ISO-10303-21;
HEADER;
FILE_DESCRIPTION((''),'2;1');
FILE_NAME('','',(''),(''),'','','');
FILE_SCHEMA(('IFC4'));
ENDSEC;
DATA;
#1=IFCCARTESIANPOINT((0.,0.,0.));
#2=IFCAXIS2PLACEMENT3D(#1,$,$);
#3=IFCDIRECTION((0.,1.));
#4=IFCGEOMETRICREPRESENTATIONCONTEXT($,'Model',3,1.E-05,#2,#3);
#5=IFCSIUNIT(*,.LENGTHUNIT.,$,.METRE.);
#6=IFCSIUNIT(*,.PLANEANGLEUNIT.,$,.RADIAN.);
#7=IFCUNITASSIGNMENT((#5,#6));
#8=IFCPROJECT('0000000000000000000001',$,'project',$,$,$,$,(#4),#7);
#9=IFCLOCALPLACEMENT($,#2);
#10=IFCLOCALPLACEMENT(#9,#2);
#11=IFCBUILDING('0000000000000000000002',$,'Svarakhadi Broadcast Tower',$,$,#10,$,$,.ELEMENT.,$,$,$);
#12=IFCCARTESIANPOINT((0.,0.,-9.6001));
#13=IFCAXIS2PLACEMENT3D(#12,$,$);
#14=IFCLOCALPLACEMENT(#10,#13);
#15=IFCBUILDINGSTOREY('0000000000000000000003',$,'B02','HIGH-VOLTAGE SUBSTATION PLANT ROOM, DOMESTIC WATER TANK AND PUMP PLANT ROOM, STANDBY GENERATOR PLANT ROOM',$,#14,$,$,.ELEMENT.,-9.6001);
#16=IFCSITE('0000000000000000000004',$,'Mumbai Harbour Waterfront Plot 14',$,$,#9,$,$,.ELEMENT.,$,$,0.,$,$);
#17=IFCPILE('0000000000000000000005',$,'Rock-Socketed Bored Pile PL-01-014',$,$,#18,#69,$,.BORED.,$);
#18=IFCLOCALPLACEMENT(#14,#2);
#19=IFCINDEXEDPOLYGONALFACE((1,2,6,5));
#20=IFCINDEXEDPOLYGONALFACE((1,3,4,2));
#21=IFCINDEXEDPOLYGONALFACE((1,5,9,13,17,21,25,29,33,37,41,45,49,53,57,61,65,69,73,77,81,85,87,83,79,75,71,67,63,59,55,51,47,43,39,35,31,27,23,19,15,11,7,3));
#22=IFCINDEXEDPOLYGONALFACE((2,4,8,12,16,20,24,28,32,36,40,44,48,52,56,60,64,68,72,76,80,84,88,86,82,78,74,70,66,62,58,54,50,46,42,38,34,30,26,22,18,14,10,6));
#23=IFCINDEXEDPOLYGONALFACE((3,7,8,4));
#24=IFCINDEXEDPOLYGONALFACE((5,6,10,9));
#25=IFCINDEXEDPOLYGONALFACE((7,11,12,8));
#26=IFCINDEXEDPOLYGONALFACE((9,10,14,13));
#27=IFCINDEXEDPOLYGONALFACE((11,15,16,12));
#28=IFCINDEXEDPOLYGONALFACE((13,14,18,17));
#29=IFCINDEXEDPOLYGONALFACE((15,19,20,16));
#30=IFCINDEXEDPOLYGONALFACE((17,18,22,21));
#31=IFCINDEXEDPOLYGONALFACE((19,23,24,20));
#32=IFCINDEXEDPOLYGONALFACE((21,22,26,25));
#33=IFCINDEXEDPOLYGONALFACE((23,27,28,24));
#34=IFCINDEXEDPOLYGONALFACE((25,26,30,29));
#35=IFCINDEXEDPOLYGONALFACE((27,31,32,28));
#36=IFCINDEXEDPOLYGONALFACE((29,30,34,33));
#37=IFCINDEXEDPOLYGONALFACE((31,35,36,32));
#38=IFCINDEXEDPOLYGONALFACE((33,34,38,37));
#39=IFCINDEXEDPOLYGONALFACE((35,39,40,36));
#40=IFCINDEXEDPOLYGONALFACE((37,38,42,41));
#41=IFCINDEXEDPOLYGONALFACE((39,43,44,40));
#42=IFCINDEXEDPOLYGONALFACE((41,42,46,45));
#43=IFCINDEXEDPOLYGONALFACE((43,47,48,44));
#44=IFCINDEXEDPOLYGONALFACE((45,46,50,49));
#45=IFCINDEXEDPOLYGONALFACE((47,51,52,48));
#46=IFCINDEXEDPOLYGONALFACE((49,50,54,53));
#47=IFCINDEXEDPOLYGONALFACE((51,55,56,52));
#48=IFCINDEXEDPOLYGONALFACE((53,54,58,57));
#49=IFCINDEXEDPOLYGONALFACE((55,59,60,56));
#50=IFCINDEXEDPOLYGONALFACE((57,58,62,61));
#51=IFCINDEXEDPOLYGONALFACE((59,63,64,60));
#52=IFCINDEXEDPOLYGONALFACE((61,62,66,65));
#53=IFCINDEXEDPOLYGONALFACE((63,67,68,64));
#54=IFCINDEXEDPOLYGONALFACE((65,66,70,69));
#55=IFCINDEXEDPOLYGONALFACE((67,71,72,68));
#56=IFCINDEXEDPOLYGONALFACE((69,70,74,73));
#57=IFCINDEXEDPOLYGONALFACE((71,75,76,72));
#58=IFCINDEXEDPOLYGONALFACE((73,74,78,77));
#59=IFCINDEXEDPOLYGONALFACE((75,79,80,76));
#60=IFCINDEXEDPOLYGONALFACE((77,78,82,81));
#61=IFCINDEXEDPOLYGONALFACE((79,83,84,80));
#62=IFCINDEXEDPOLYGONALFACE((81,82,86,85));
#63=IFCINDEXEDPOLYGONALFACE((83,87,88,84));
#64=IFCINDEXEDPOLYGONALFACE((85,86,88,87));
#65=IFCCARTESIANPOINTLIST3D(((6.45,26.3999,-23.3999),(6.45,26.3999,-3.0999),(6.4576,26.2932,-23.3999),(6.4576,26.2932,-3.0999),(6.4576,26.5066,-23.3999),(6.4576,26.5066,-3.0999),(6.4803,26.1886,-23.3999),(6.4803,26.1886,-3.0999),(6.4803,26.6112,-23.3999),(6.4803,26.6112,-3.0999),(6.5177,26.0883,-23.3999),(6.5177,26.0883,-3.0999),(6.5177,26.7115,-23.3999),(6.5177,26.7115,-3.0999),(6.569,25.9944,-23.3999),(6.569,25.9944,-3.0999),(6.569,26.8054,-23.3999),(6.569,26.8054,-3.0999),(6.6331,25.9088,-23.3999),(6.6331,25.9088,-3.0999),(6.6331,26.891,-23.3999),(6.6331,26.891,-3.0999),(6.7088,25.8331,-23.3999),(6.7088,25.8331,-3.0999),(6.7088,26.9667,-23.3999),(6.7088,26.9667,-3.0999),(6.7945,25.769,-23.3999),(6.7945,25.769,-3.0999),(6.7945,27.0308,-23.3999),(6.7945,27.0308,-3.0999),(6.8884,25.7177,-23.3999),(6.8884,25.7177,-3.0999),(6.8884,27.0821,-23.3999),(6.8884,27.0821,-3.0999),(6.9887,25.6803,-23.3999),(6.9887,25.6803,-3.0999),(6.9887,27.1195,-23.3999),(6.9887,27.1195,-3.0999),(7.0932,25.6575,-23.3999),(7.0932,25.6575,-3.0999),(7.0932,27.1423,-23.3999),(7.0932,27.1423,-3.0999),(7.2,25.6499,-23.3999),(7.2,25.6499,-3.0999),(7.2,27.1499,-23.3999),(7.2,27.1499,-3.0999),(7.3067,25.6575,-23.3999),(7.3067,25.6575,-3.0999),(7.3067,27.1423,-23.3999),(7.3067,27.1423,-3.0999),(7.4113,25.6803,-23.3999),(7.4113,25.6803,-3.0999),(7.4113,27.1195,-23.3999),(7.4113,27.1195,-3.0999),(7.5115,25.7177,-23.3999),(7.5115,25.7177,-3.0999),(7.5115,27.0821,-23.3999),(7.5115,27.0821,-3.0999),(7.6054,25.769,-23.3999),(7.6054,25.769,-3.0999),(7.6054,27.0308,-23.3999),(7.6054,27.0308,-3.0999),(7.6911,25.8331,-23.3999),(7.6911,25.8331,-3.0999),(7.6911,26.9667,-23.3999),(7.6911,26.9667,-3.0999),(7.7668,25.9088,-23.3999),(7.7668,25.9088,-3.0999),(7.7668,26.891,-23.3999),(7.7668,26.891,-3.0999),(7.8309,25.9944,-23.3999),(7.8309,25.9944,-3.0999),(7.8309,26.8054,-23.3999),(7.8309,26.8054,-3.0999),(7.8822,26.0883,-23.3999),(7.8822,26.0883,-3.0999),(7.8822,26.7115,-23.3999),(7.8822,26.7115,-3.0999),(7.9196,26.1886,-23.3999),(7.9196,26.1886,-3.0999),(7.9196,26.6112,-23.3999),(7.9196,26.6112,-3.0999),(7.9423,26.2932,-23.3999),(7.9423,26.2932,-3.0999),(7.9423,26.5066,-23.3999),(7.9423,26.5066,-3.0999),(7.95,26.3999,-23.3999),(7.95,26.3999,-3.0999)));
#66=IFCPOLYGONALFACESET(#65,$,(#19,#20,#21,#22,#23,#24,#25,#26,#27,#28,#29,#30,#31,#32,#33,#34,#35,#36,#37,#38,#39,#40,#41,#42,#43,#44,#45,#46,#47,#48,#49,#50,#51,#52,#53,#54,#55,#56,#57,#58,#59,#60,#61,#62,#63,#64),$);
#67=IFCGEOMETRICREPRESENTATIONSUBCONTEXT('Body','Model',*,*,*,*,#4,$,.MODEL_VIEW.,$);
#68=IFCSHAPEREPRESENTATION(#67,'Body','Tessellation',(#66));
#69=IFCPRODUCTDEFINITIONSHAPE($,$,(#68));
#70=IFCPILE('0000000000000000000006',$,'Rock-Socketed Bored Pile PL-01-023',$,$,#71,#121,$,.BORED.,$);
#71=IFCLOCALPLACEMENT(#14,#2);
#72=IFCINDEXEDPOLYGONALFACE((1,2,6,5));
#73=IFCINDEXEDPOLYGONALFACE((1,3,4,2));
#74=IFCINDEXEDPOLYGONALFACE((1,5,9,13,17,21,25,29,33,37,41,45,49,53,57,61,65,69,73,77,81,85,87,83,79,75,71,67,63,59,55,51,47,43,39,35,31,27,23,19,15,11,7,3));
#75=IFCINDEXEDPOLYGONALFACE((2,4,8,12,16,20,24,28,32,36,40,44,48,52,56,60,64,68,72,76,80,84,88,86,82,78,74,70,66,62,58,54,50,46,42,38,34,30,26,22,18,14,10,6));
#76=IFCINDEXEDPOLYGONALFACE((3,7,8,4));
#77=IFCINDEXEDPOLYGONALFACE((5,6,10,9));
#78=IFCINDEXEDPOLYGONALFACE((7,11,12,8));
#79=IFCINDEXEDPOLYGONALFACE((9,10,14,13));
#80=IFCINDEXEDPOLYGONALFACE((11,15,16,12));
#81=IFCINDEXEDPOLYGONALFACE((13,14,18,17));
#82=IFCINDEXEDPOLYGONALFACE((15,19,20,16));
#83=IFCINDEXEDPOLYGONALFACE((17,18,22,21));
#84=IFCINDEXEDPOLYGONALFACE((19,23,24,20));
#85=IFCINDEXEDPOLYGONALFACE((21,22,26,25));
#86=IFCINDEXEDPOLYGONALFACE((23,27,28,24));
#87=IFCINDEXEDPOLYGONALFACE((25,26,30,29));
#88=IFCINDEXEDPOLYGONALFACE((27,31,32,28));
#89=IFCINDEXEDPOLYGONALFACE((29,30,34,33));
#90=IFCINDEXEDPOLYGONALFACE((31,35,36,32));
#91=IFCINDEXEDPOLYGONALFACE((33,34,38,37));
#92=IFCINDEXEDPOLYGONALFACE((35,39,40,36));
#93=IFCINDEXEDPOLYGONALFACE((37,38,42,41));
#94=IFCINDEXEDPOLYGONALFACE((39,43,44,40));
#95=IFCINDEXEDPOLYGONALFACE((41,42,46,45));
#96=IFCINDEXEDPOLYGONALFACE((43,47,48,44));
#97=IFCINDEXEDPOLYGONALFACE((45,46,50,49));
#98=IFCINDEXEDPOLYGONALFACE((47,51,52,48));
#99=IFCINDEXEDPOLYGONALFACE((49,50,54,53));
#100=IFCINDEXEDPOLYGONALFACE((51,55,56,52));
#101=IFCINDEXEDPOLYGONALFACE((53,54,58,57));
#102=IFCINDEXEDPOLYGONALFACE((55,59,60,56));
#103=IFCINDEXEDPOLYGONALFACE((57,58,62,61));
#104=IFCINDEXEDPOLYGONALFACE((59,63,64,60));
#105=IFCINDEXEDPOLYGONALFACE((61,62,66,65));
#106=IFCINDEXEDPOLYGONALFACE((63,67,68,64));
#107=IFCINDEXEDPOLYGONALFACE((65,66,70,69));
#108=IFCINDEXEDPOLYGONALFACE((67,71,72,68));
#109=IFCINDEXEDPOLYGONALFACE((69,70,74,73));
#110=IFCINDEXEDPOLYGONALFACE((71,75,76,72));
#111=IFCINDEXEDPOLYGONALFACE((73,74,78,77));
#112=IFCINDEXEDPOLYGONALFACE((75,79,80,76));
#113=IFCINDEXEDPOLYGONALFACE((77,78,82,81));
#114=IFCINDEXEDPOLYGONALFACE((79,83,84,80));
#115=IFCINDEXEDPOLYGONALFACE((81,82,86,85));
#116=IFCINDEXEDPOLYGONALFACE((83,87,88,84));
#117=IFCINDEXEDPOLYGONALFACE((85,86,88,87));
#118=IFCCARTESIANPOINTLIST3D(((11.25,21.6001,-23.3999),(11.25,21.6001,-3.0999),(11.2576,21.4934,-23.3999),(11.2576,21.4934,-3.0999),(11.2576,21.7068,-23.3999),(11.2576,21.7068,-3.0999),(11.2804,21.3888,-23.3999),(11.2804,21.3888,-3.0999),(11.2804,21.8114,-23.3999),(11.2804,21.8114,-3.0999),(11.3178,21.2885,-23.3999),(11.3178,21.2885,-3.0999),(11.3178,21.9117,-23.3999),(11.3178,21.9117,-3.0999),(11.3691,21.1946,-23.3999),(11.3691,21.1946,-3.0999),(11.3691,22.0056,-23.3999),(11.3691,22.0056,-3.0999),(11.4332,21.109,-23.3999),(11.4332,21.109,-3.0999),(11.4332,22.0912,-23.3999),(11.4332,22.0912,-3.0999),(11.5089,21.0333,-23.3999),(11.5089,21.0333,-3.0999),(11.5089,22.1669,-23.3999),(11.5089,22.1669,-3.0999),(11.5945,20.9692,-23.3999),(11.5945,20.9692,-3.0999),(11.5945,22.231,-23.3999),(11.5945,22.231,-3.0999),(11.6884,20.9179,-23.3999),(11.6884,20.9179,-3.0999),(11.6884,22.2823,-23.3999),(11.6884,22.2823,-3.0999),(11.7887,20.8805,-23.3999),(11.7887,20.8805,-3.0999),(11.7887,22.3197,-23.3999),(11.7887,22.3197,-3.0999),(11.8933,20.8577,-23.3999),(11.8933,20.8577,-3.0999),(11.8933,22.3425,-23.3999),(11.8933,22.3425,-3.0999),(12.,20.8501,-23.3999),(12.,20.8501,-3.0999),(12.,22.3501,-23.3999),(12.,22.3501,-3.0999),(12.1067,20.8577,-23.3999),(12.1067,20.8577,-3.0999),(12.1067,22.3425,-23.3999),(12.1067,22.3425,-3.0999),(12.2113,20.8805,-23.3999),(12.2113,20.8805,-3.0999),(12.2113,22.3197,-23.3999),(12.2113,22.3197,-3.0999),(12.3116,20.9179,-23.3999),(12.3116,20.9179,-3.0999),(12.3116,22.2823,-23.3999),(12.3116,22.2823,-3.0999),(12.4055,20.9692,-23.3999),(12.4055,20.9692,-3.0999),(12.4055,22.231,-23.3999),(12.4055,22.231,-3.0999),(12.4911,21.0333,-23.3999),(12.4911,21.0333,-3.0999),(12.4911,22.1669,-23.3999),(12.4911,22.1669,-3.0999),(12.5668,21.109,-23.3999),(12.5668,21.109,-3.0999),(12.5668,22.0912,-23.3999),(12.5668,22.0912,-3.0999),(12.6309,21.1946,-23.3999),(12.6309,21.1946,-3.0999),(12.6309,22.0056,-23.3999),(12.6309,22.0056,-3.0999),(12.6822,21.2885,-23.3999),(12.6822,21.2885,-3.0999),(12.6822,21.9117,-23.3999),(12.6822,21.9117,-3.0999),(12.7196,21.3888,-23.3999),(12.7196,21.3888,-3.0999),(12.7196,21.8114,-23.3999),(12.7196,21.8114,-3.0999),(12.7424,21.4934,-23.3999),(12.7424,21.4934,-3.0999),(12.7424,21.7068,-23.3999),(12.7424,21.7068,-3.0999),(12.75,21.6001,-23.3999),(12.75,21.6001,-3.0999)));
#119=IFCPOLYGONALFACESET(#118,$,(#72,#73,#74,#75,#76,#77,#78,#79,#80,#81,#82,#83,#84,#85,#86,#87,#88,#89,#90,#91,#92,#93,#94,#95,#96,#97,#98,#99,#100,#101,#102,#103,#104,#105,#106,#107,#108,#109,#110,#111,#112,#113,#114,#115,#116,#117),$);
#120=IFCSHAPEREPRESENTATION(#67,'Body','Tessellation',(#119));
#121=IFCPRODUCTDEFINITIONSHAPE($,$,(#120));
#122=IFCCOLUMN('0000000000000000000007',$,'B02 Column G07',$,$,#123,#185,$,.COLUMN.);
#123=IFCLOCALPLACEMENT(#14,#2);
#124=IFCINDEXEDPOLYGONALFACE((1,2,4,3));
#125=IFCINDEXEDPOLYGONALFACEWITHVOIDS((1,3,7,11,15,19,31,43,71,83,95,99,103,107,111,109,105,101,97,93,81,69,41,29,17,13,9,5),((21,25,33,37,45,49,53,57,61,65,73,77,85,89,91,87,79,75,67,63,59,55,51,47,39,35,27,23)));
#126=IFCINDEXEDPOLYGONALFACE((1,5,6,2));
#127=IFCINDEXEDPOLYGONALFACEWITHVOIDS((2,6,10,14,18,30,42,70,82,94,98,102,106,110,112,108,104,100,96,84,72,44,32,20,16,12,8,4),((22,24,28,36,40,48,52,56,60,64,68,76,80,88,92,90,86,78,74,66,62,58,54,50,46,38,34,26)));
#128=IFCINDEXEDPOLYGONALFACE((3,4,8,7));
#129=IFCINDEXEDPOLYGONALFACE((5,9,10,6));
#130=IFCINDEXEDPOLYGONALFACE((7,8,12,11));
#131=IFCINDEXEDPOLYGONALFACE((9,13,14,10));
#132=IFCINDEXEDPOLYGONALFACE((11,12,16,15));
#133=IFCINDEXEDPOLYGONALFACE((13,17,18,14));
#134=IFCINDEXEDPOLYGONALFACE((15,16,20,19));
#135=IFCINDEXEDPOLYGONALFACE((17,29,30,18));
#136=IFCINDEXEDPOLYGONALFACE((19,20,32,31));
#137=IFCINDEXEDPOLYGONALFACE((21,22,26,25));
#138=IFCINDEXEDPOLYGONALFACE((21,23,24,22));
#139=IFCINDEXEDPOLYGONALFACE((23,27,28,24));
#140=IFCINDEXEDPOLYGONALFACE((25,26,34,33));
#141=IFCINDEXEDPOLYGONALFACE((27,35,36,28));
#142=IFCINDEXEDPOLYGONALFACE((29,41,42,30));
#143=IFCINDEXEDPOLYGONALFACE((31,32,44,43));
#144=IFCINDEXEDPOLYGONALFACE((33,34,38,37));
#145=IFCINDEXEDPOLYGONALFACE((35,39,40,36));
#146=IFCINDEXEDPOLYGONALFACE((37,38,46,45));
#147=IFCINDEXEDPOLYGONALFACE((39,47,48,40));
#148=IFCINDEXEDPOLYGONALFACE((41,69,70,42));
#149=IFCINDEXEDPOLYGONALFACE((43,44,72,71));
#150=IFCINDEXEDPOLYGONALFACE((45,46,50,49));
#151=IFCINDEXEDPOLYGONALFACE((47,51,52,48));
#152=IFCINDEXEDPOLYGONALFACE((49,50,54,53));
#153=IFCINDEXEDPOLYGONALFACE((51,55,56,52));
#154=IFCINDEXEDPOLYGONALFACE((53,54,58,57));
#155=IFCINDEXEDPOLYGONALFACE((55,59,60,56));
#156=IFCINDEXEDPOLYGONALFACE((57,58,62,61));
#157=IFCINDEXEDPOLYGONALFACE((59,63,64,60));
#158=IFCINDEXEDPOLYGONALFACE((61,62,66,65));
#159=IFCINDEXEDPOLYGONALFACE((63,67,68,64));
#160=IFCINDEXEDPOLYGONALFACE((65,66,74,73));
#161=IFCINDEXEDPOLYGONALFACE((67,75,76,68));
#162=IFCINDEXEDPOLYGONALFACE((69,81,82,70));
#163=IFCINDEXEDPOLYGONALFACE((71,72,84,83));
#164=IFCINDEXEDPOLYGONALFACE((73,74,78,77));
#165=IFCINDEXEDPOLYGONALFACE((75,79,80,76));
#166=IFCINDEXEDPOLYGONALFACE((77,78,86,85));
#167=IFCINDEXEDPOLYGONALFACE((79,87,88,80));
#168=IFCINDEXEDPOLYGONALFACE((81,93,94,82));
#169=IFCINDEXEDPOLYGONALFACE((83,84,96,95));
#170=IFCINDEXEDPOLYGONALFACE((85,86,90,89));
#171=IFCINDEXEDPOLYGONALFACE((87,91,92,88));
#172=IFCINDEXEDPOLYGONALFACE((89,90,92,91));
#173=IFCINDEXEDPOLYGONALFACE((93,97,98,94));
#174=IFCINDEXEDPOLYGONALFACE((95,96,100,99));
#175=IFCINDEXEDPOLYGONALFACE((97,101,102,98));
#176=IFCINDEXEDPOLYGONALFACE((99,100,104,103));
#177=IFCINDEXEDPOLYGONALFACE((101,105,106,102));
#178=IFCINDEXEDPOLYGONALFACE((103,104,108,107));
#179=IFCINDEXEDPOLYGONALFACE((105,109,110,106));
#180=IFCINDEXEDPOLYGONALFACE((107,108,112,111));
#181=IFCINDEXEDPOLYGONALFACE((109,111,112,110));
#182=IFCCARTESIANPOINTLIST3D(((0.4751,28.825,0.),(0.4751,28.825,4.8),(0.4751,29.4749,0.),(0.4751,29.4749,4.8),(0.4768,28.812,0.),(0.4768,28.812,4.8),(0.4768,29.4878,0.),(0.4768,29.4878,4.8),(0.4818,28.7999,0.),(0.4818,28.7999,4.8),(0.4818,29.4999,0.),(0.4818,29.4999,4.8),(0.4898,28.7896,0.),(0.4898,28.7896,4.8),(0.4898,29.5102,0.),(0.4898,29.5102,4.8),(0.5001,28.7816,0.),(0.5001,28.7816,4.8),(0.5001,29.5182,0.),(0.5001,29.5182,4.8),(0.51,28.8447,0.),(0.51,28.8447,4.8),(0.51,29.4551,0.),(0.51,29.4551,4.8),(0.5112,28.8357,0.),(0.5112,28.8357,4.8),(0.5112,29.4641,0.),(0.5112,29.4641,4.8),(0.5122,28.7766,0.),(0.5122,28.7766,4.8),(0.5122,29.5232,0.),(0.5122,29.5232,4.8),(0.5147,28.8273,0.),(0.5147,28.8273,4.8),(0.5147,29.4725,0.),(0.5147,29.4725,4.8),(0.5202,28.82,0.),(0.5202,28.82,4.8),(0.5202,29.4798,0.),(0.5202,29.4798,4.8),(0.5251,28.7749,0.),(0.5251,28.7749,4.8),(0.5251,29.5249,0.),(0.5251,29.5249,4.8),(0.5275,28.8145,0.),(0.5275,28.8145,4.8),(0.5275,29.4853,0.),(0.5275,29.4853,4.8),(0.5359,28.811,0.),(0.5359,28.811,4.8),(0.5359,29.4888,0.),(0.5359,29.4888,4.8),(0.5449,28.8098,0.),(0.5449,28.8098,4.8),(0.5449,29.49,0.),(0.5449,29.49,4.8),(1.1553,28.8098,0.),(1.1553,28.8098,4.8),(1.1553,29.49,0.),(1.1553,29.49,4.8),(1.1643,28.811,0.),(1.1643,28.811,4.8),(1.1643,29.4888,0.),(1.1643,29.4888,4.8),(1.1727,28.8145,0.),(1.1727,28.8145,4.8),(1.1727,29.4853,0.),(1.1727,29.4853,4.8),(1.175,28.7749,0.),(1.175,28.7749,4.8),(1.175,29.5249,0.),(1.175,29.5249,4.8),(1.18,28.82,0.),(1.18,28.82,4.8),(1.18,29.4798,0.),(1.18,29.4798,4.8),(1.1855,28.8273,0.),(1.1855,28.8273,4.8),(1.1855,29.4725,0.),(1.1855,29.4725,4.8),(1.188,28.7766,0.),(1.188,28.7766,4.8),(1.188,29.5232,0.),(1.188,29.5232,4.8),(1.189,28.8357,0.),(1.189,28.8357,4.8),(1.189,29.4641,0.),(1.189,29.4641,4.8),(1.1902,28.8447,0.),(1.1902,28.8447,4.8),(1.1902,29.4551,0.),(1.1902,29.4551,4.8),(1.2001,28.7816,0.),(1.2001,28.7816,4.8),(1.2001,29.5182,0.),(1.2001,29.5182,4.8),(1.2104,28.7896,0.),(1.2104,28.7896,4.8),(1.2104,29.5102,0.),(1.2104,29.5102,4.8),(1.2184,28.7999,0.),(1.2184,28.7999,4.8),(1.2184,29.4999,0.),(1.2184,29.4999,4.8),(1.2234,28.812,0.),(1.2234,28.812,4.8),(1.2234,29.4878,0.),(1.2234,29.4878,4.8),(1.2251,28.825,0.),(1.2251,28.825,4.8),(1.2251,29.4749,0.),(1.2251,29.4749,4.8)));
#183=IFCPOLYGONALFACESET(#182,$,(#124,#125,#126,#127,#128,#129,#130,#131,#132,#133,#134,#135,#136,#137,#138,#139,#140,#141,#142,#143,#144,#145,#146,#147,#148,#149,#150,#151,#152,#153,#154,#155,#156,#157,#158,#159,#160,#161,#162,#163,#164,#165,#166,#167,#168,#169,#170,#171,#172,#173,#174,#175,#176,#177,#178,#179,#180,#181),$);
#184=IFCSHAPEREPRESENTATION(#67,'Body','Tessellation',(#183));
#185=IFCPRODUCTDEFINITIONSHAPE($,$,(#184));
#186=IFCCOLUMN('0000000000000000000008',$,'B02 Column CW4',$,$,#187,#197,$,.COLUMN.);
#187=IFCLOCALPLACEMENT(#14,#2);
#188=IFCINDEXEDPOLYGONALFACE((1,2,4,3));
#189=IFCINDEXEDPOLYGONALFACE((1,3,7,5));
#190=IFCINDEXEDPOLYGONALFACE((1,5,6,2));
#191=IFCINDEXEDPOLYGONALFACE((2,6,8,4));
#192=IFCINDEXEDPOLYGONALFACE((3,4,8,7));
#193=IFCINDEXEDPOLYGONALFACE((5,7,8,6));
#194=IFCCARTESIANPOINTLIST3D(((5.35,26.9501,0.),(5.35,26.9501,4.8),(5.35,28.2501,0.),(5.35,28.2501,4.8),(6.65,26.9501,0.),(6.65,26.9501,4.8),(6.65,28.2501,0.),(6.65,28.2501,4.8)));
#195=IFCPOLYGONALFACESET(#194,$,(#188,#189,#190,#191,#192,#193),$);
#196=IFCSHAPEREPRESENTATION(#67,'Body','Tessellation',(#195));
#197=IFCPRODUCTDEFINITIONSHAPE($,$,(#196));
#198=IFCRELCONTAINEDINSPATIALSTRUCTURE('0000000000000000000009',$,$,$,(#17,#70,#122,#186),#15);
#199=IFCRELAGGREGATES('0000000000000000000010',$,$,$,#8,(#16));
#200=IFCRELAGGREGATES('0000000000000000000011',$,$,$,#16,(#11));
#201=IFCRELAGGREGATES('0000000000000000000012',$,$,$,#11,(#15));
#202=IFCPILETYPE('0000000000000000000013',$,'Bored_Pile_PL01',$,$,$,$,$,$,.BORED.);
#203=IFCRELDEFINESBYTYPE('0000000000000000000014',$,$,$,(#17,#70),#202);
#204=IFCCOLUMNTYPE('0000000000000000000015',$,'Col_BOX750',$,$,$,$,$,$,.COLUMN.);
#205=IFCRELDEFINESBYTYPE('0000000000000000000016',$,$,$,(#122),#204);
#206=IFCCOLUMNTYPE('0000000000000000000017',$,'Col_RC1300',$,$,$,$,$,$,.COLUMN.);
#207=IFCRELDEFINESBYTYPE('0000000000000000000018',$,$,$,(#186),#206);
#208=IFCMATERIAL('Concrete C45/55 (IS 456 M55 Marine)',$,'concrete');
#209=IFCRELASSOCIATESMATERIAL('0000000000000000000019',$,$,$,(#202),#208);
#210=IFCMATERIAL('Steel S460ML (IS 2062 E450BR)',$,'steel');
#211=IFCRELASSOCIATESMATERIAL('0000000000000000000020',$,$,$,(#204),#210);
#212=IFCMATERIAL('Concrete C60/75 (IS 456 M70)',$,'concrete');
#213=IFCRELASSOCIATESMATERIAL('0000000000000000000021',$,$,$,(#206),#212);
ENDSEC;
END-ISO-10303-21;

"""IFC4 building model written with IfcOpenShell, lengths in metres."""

from ifc_helpers import new_model, si_unit, direction, frame, origin, origin_2d, place, context, subcontext, project, spatial, rectangle, hollow_rectangle, circle, extrude, material, material_profile, profile_set, type_object, element, save


model = new_model("IFC4")

# Units and contexts
model_context = context("Model", 3, precision=1e-05, world=origin(), true_north=direction((0.0, 1.0)))
body_context = subcontext(model_context, "Body", "Model", "MODEL_VIEW")
ifc_project = project(units=[si_unit("LENGTHUNIT", "METRE"), si_unit("PLANEANGLEUNIT", "RADIAN")], contexts=[model_context])

# Site, building, storey
site_placement = place(None, origin())
site = spatial("IfcSite", under=ifc_project, at=site_placement, Name="Mumbai Harbour Waterfront Plot 14", CompositionType="ELEMENT", RefElevation=0.0)
building_placement = place(site_placement, origin())
building = spatial("IfcBuilding", under=site, at=building_placement, Name="Svarakhadi Broadcast Tower", CompositionType="ELEMENT")
storey_placement = place(building_placement, frame((0.0, 0.0, -9.6001)))
storey = spatial("IfcBuildingStorey", under=building, at=storey_placement, Name="B02", Description="HIGH-VOLTAGE SUBSTATION PLANT ROOM, DOMESTIC WATER TANK AND PUMP PLANT ROOM, STANDBY GENERATOR PLANT ROOM", CompositionType="ELEMENT", Elevation=-9.6001)

# Piles
ifc_material_1 = material(Name="Concrete C45/55 (IS 456 M55 Marine)", Category="concrete")
ifc_material_profile_1 = material_profile(ifc_material_1, circle(Radius=0.75, at=origin_2d()), Name="PILE D1500")
ifc_profile_set_1 = profile_set([ifc_material_profile_1], Name="Concrete C45/55 (IS 456 M55 Marine)")
pile_type = type_object("IfcPileType", Name="Bored_Pile_PL01", PredefinedType="BORED", material=ifc_profile_set_1)
for number, where, z_axis, x_axis, name in (
    (1, (7.2, 26.3999, -3.0999), (0.0, 0.0, -1.0), (1.0, 0.0, 0.0), "Rock-Socketed Bored Pile PL-01-014"),
    (2, (12.0, 21.6001, -3.0999), (0.0, 0.0, -1.0), (1.0, 0.0, 0.0), "Rock-Socketed Bored Pile PL-01-023"),
):
    element("IfcPile", number, at=place(storey_placement, frame(where, z_axis=z_axis, x_axis=x_axis)), inside=storey, type_object=pile_type, Name=name, PredefinedType="BORED", context=body_context, shape_type="SweptSolid", body=[
        extrude(circle(Radius=0.75, at=origin_2d()), origin(), (0.0, 0.0, 1.0), 20.3),
    ])

# Columns
ifc_material_2 = material(Name="Steel S460ML (IS 2062 E450BR)", Category="steel")
ifc_material_profile_2 = material_profile(ifc_material_2, hollow_rectangle(XDim=0.75, YDim=0.75, WallThickness=0.0349, InnerFilletRadius=0.0349, OuterFilletRadius=0.05, at=origin_2d()), Name="BOX 750x750x35")
ifc_profile_set_2 = profile_set([ifc_material_profile_2], Name="Steel S460ML (IS 2062 E450BR)")
column_type_1 = type_object("IfcColumnType", Name="Col_BOX750", PredefinedType="COLUMN", material=ifc_profile_set_2)
column_1_placement = place(storey_placement, frame((0.8501, 29.1499, 0.0), z_axis=(0.0, 0.0, 1.0), x_axis=(1.0, 0.0, 0.0)))
element("IfcColumn", 3, at=column_1_placement, inside=storey, type_object=column_type_1, Name="B02 Column G07", PredefinedType="COLUMN", context=body_context, shape_type="SweptSolid", body=[
    extrude(hollow_rectangle(XDim=0.75, YDim=0.75, WallThickness=0.0349, InnerFilletRadius=0.0349, OuterFilletRadius=0.05, at=origin_2d()), origin(), (0.0, 0.0, 1.0), 4.8),
])
ifc_material_3 = material(Name="Concrete C60/75 (IS 456 M70)", Category="concrete")
ifc_material_profile_3 = material_profile(ifc_material_3, rectangle(XDim=1.3, YDim=1.3, at=origin_2d()), Name="RC 1300x1300")
ifc_profile_set_3 = profile_set([ifc_material_profile_3], Name="Concrete C60/75 (IS 456 M70)")
column_type_2 = type_object("IfcColumnType", Name="Col_RC1300", PredefinedType="COLUMN", material=ifc_profile_set_3)
column_2_placement = place(storey_placement, frame((6.0, 27.6001, 0.0), z_axis=(0.0, 0.0, 1.0), x_axis=(1.0, 0.0, 0.0)))
element("IfcColumn", 4, at=column_2_placement, inside=storey, type_object=column_type_2, Name="B02 Column CW4", PredefinedType="COLUMN", context=body_context, shape_type="SweptSolid", body=[
    extrude(rectangle(XDim=1.3, YDim=1.3, at=origin_2d()), origin(), (0.0, 0.0, 1.0), 4.8),
])

save(model, "model.ifc")
